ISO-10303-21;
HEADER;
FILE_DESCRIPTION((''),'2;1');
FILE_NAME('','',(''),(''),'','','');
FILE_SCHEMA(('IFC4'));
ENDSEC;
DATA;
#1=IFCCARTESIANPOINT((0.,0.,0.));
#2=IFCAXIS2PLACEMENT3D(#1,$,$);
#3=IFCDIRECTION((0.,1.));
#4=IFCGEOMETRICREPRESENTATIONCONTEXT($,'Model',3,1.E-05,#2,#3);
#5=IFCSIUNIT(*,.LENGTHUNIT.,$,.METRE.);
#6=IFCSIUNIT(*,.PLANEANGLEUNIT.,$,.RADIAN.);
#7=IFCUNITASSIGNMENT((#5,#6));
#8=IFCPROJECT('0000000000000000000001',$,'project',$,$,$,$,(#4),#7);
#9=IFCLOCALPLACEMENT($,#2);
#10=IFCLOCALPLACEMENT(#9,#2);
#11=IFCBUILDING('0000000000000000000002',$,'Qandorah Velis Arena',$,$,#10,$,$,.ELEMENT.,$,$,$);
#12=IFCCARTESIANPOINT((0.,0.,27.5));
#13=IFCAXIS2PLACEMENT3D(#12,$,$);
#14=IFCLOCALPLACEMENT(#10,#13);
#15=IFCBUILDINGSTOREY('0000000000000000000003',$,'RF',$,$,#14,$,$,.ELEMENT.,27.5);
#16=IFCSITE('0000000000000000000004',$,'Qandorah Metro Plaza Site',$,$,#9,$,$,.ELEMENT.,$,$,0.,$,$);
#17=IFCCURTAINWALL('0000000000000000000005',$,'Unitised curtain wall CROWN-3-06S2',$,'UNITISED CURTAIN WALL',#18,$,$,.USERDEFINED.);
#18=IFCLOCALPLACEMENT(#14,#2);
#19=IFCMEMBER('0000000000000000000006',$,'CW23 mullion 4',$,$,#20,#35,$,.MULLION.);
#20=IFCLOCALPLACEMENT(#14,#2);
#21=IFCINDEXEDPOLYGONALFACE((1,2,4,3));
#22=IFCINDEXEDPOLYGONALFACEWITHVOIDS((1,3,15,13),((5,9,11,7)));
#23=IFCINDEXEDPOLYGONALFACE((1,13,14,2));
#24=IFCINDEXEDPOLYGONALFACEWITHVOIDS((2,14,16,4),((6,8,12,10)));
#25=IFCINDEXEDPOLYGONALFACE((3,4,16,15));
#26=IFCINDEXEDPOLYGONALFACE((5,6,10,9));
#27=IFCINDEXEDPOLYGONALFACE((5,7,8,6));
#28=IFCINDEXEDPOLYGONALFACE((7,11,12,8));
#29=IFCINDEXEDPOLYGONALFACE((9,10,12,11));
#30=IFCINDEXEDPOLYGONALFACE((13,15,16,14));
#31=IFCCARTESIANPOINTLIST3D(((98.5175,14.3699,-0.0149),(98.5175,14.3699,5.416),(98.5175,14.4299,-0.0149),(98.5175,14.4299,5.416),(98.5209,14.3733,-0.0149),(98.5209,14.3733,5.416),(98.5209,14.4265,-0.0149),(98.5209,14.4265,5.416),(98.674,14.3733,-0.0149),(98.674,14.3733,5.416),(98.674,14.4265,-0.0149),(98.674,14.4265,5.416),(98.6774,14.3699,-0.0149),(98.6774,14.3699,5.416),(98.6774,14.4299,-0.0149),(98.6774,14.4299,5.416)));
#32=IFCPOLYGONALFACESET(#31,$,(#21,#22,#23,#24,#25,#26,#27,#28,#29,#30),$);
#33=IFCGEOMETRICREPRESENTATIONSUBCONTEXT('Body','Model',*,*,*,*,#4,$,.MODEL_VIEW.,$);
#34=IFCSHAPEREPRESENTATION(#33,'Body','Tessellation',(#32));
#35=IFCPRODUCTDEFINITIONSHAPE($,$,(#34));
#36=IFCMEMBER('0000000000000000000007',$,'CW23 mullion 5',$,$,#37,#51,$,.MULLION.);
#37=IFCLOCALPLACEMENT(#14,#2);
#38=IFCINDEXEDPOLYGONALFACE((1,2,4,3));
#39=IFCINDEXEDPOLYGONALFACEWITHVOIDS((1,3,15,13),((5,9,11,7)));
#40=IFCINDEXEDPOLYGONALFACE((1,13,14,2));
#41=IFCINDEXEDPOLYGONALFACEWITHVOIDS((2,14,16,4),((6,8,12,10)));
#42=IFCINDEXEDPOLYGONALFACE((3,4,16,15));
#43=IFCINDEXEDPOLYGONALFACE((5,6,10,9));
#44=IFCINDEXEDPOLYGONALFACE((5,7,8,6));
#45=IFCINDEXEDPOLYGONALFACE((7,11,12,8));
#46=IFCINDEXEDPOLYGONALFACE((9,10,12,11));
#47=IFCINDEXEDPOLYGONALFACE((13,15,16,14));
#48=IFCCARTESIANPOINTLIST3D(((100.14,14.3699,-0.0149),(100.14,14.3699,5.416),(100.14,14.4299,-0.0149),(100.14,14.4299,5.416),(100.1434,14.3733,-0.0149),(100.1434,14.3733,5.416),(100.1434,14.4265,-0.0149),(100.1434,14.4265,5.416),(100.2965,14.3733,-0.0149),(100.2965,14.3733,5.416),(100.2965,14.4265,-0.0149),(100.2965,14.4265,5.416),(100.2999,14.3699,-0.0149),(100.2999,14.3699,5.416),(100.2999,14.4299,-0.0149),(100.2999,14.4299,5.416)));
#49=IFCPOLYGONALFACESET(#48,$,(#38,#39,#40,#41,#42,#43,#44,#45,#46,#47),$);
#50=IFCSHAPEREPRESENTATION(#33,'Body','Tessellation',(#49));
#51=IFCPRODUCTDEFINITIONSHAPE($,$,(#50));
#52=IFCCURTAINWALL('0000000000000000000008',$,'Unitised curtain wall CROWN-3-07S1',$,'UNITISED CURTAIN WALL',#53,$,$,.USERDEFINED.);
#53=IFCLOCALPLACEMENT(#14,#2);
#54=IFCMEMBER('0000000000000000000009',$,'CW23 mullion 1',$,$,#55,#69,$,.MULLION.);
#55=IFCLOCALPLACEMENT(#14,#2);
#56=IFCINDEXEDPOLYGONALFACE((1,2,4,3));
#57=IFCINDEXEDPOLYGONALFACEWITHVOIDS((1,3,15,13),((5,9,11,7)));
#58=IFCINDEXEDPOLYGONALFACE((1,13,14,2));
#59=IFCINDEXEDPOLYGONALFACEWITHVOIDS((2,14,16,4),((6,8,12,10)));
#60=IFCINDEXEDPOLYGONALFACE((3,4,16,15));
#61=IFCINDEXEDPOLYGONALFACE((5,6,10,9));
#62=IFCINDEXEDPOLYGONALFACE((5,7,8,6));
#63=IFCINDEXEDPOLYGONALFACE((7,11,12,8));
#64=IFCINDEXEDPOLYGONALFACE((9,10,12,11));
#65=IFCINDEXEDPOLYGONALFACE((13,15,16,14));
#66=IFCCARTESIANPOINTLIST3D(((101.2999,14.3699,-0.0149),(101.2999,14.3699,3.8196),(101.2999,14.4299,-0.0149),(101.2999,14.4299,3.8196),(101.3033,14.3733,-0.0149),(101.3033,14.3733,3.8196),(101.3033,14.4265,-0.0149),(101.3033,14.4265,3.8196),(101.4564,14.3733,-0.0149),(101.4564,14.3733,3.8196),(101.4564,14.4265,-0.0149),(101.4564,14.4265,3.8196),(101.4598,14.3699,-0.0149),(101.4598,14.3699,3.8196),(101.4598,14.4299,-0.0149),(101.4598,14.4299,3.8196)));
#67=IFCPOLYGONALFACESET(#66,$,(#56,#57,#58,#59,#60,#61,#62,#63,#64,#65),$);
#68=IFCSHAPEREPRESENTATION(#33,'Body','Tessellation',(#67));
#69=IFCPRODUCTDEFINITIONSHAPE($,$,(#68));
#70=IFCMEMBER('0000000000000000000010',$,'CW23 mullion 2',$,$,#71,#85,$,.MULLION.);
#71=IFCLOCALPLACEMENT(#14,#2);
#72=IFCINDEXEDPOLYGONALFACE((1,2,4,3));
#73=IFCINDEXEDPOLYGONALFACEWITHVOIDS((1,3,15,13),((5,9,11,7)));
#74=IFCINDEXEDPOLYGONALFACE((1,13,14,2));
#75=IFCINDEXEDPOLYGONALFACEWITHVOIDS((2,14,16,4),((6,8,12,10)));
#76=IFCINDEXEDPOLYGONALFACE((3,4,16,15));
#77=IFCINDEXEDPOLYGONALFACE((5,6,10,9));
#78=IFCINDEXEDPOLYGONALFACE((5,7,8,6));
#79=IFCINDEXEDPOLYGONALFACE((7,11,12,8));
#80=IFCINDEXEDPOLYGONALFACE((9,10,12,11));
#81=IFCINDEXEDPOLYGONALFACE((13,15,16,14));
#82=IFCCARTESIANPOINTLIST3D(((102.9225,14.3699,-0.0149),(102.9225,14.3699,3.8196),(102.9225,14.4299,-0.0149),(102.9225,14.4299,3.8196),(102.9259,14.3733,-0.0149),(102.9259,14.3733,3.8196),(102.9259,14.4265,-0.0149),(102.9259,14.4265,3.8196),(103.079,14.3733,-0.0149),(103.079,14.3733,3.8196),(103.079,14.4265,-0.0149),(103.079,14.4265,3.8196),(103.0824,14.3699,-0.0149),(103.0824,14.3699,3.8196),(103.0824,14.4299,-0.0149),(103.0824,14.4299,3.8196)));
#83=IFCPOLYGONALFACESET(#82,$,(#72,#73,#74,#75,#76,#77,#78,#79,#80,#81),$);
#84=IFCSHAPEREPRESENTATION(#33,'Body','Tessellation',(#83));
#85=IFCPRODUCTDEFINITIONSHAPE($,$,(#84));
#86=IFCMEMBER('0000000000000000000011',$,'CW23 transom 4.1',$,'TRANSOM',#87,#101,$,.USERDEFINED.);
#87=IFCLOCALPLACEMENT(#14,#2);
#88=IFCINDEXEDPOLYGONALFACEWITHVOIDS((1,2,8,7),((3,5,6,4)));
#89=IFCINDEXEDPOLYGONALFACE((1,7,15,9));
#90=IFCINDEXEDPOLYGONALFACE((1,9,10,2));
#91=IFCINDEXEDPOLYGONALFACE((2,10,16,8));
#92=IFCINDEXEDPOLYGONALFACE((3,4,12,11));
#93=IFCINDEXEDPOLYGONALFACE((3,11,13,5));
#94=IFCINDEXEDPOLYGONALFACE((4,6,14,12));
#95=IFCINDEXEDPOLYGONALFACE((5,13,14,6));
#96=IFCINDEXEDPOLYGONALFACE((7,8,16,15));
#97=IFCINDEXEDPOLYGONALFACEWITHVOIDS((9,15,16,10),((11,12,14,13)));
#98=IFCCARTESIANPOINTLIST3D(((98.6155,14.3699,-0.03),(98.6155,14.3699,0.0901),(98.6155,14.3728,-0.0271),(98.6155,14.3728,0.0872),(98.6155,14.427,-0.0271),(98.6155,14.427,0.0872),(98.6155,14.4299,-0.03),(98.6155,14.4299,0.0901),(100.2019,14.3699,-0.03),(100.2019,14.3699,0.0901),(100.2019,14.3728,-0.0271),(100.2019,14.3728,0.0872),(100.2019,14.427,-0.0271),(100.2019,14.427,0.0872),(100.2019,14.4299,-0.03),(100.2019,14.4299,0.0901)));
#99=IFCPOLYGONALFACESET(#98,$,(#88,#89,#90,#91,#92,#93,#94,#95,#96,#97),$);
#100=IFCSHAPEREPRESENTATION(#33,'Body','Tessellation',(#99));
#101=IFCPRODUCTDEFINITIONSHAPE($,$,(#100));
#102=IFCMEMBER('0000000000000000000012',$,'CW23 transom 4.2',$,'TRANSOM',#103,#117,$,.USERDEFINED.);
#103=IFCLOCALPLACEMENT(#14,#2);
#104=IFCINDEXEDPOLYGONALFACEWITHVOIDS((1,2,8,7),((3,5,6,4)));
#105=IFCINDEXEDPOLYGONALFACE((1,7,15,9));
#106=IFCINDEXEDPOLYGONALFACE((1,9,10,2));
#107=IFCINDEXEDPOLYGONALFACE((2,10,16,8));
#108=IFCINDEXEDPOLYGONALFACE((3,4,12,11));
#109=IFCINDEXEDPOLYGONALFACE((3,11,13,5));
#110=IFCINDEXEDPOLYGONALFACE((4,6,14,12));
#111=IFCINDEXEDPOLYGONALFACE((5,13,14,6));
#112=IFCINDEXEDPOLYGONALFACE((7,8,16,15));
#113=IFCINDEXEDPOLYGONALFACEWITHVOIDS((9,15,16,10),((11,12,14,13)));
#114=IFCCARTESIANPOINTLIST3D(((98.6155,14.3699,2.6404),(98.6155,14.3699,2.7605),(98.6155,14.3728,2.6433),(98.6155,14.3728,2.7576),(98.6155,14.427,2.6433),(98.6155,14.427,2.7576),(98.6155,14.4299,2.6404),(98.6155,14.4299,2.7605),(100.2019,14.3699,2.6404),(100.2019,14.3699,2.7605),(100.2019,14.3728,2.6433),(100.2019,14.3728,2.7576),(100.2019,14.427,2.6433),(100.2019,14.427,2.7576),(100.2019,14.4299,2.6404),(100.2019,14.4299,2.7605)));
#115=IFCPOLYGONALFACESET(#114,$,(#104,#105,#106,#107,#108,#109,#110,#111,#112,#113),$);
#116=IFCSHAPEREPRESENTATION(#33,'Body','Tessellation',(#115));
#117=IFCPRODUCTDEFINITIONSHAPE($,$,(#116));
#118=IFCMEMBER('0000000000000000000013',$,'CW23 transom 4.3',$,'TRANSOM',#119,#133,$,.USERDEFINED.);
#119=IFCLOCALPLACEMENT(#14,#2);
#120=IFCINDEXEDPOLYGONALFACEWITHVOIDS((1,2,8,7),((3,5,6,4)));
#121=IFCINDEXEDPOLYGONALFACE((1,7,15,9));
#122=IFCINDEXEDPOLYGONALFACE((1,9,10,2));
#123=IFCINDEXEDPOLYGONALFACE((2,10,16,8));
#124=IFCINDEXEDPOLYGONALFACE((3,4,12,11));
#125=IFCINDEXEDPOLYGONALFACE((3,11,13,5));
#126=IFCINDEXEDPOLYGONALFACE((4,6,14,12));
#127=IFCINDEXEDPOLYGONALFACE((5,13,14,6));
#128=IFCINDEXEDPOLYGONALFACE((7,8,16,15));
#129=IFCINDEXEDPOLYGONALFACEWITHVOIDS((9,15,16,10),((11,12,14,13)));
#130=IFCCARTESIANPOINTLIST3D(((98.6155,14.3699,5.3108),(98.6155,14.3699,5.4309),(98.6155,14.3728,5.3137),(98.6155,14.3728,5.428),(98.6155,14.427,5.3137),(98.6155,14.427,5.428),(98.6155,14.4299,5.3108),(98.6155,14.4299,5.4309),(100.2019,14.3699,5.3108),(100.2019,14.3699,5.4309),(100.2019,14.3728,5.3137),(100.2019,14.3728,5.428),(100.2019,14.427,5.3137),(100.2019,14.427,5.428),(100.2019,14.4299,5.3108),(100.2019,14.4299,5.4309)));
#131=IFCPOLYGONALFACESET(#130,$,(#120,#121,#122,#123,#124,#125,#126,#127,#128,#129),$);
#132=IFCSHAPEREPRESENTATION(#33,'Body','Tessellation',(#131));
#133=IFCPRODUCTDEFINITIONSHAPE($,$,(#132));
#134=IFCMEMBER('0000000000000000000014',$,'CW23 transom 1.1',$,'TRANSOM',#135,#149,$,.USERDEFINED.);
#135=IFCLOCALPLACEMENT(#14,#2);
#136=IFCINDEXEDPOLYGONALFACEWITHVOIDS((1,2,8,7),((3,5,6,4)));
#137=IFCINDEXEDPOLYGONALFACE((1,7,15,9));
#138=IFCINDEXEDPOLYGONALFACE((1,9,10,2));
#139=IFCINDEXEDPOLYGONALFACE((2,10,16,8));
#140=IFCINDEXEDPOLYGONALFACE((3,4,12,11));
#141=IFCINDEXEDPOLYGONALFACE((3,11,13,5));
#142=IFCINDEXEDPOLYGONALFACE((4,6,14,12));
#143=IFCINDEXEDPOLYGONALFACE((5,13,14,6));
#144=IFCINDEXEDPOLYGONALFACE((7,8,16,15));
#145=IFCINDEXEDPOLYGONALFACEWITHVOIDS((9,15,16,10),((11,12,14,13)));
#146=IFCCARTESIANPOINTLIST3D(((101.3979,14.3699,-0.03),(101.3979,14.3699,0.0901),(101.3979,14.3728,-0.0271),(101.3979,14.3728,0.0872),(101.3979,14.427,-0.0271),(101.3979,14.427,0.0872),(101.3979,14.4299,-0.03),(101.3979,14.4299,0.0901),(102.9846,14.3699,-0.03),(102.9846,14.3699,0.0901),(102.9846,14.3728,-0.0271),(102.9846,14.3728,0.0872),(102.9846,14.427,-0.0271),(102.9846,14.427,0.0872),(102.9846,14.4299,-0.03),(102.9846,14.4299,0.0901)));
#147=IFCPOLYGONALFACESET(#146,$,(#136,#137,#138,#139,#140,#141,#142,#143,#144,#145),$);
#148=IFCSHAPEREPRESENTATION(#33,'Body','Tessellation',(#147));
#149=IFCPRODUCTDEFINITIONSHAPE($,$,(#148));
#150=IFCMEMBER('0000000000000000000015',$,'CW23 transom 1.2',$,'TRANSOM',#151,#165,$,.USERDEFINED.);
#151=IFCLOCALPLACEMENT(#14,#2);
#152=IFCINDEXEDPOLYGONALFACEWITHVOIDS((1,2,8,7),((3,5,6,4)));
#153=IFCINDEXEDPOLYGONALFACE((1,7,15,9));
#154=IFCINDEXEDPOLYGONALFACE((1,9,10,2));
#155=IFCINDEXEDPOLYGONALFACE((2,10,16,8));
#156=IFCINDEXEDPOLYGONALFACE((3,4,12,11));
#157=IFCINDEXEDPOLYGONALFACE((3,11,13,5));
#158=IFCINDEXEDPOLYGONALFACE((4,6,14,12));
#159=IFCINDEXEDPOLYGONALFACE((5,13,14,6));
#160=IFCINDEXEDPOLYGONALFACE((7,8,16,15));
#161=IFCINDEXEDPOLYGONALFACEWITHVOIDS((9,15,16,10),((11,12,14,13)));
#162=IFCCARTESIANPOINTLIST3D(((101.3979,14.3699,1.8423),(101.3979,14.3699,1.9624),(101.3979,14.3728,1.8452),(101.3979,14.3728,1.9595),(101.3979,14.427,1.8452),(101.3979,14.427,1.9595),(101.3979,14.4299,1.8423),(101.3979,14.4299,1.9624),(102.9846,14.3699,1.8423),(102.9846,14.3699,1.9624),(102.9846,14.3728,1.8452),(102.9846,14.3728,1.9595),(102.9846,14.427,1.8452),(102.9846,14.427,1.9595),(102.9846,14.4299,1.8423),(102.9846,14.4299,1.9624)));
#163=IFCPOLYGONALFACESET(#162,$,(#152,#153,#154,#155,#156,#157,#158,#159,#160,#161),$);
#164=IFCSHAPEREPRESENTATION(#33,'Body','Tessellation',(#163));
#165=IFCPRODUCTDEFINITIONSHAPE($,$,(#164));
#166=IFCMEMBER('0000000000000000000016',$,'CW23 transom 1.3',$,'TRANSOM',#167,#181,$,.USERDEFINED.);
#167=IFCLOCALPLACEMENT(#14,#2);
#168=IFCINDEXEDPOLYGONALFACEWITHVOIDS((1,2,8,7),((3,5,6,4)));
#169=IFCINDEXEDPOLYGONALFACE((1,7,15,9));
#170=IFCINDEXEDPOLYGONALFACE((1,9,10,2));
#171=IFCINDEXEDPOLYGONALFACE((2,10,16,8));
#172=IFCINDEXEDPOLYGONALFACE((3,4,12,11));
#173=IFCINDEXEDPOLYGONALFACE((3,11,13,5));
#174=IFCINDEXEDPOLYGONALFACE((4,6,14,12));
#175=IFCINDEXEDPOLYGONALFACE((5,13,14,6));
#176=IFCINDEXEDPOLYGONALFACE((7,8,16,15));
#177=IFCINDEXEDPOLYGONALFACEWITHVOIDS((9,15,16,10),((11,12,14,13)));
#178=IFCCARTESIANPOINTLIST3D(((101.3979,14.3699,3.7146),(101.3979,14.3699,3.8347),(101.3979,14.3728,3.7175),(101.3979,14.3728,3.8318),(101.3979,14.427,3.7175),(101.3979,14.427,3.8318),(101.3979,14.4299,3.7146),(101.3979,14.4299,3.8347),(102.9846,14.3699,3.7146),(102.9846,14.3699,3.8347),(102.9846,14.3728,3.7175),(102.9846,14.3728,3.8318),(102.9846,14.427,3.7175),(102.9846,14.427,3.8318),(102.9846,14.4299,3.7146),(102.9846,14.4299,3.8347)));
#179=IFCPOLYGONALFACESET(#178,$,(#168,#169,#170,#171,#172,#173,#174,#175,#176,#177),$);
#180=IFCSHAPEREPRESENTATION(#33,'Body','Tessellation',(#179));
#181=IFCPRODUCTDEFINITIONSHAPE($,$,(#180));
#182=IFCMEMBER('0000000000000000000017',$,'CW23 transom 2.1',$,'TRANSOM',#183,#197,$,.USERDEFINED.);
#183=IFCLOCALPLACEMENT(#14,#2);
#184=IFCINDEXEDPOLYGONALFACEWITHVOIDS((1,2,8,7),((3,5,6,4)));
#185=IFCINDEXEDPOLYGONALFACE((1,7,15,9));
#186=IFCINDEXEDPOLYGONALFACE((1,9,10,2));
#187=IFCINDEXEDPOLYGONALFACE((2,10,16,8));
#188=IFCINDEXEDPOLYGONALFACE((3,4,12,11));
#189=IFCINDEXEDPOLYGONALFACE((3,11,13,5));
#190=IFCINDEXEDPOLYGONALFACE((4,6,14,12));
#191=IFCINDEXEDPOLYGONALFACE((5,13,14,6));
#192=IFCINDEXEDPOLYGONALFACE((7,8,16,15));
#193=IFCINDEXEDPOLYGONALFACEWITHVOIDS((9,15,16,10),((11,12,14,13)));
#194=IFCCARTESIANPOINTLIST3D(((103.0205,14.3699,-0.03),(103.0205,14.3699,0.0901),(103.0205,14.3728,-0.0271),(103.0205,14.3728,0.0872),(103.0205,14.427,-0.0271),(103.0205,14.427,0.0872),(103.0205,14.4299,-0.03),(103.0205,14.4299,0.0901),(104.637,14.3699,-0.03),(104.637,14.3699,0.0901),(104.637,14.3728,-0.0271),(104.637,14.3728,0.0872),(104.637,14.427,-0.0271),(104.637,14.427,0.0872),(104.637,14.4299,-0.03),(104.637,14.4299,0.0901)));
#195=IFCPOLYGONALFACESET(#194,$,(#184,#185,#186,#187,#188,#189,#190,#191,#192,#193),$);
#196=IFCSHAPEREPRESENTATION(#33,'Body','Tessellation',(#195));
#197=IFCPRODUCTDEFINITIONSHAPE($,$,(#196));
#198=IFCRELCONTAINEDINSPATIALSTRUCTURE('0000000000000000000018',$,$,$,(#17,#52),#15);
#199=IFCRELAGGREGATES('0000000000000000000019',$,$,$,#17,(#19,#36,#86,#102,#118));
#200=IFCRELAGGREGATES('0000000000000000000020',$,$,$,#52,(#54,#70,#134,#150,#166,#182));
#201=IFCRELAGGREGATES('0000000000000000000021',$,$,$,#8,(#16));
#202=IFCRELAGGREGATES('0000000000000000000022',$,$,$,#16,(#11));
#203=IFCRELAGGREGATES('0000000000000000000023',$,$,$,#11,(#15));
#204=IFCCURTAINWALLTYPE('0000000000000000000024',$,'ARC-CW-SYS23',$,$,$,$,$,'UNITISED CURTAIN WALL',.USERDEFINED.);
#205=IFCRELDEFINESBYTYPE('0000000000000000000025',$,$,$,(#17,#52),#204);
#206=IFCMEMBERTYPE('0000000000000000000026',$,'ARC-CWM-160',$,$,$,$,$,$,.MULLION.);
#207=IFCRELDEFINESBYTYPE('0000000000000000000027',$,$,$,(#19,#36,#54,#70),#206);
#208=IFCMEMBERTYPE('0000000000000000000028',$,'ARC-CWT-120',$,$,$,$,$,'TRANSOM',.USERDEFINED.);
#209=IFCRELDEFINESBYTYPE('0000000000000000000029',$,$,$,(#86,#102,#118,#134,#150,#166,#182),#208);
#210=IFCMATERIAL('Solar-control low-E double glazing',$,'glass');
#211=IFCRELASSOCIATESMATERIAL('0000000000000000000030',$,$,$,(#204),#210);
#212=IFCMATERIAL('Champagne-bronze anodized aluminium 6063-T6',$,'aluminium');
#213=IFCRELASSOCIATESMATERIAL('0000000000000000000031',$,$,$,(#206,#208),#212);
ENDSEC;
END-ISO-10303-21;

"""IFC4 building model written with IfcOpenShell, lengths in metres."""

from ifc_helpers import new_model, si_unit, direction, frame, origin, origin_2d, place, context, subcontext, project, spatial, hollow_rectangle, extrude, material, material_profile, profile_set, type_object, element, aggregate, save


model = new_model("IFC4")

# Units and contexts
model_context = context("Model", 3, precision=1e-05, world=origin(), true_north=direction((0.0, 1.0)))
body_context = subcontext(model_context, "Body", "Model", "MODEL_VIEW")
ifc_project = project(units=[si_unit("LENGTHUNIT", "METRE"), si_unit("PLANEANGLEUNIT", "RADIAN")], contexts=[model_context])

# Site, building, storey
site_placement = place(None, origin())
site = spatial("IfcSite", under=ifc_project, at=site_placement, Name="Qandorah Metro Plaza Site", CompositionType="ELEMENT", RefElevation=0.0)
building_placement = place(site_placement, origin())
building = spatial("IfcBuilding", under=site, at=building_placement, Name="Qandorah Velis Arena", CompositionType="ELEMENT")
storey_placement = place(building_placement, frame((0.0, 0.0, 27.5)))
storey = spatial("IfcBuildingStorey", under=building, at=storey_placement, Name="RF", CompositionType="ELEMENT", Elevation=27.5)

# Curtain walls, members
ifc_material_1 = material(Name="Solar-control low-E double glazing", Category="glass")
curtain_wall_type = type_object("IfcCurtainWallType", Name="ARC-CW-SYS23", ElementType="UNITISED CURTAIN WALL", PredefinedType="USERDEFINED", material=ifc_material_1)
curtain_wall_1_placement = place(storey_placement, origin())
curtain_wall_1 = element("IfcCurtainWall", 1, at=curtain_wall_1_placement, inside=storey, type_object=curtain_wall_type, Name="Unitised curtain wall CROWN-3-06S2", ObjectType="UNITISED CURTAIN WALL", PredefinedType="USERDEFINED")
ifc_material_2 = material(Name="Champagne-bronze anodized aluminium 6063-T6", Category="aluminium")
ifc_material_profile_1 = material_profile(ifc_material_2, hollow_rectangle(XDim=0.0601, YDim=0.1599, WallThickness=0.0034, at=origin_2d()), Name="ALU MULLION 60x160")
ifc_profile_set_1 = profile_set([ifc_material_profile_1], Name="Champagne-bronze anodized aluminium 6063-T6")
member_type_1 = type_object("IfcMemberType", Name="ARC-CWM-160", PredefinedType="MULLION", material=ifc_profile_set_1)
member_1_placement = place(storey_placement, frame((98.5974, 14.3999, -0.0149), z_axis=(0.0, 0.0, 1.0), x_axis=(0.0, 1.0, 0.0)))
member_1 = element("IfcMember", 2, at=member_1_placement, type_object=member_type_1, Name="CW23 mullion 4", PredefinedType="MULLION", context=body_context, shape_type="SweptSolid", body=[
    extrude(hollow_rectangle(XDim=0.0601, YDim=0.1599, WallThickness=0.0034, at=origin_2d()), origin(), (0.0, 0.0, 1.0), 5.4309),
])
member_2_placement = place(storey_placement, frame((100.22, 14.3999, -0.0149), z_axis=(0.0, 0.0, 1.0), x_axis=(0.0, 1.0, 0.0)))
member_2 = element("IfcMember", 3, at=member_2_placement, type_object=member_type_1, Name="CW23 mullion 5", PredefinedType="MULLION", context=body_context, shape_type="SweptSolid", body=[
    extrude(hollow_rectangle(XDim=0.0601, YDim=0.1599, WallThickness=0.0034, at=origin_2d()), origin(), (0.0, 0.0, 1.0), 5.4309),
])
curtain_wall_2_placement = place(storey_placement, origin())
curtain_wall_2 = element("IfcCurtainWall", 4, at=curtain_wall_2_placement, inside=storey, type_object=curtain_wall_type, Name="Unitised curtain wall CROWN-3-07S1", ObjectType="UNITISED CURTAIN WALL", PredefinedType="USERDEFINED")
member_3_placement = place(storey_placement, frame((101.3799, 14.3999, -0.0149), z_axis=(0.0, 0.0, 1.0), x_axis=(0.0, 1.0, 0.0)))
member_3 = element("IfcMember", 5, at=member_3_placement, type_object=member_type_1, Name="CW23 mullion 1", PredefinedType="MULLION", context=body_context, shape_type="SweptSolid", body=[
    extrude(hollow_rectangle(XDim=0.0601, YDim=0.1599, WallThickness=0.0034, at=origin_2d()), origin(), (0.0, 0.0, 1.0), 3.8345),
])
member_4_placement = place(storey_placement, frame((103.0024, 14.3999, -0.0149), z_axis=(0.0, 0.0, 1.0), x_axis=(0.0, 1.0, 0.0)))
member_4 = element("IfcMember", 6, at=member_4_placement, type_object=member_type_1, Name="CW23 mullion 2", PredefinedType="MULLION", context=body_context, shape_type="SweptSolid", body=[
    extrude(hollow_rectangle(XDim=0.0601, YDim=0.1599, WallThickness=0.0034, at=origin_2d()), origin(), (0.0, 0.0, 1.0), 3.8345),
])

# Members
ifc_material_profile_2 = material_profile(ifc_material_2, hollow_rectangle(XDim=0.0601, YDim=0.1201, WallThickness=0.0029, at=origin_2d()), Name="ALU TRANSOM 60x120")
ifc_profile_set_2 = profile_set([ifc_material_profile_2], Name="Champagne-bronze anodized aluminium 6063-T6")
member_type_2 = type_object("IfcMemberType", Name="ARC-CWT-120", ElementType="TRANSOM", PredefinedType="USERDEFINED", material=ifc_profile_set_2)
member_5_placement = place(storey_placement, frame((98.6155, 14.3999, 0.03), z_axis=(1.0, 0.0, 0.0), x_axis=(0.0, 1.0, 0.0)))
member_5 = element("IfcMember", 7, at=member_5_placement, type_object=member_type_2, Name="CW23 transom 4.1", ObjectType="TRANSOM", PredefinedType="USERDEFINED", context=body_context, shape_type="SweptSolid", body=[
    extrude(hollow_rectangle(XDim=0.0601, YDim=0.1201, WallThickness=0.0029, at=origin_2d()), origin(), (0.0, 0.0, 1.0), 1.5864),
])
member_6_placement = place(storey_placement, frame((98.6155, 14.3999, 2.7004), z_axis=(1.0, 0.0, 0.0), x_axis=(0.0, 1.0, 0.0)))
member_6 = element("IfcMember", 8, at=member_6_placement, type_object=member_type_2, Name="CW23 transom 4.2", ObjectType="TRANSOM", PredefinedType="USERDEFINED", context=body_context, shape_type="SweptSolid", body=[
    extrude(hollow_rectangle(XDim=0.0601, YDim=0.1201, WallThickness=0.0029, at=origin_2d()), origin(), (0.0, 0.0, 1.0), 1.5864),
])
member_7_placement = place(storey_placement, frame((98.6155, 14.3999, 5.3708), z_axis=(1.0, 0.0, 0.0), x_axis=(0.0, 1.0, 0.0)))
member_7 = element("IfcMember", 9, at=member_7_placement, type_object=member_type_2, Name="CW23 transom 4.3", ObjectType="TRANSOM", PredefinedType="USERDEFINED", context=body_context, shape_type="SweptSolid", body=[
    extrude(hollow_rectangle(XDim=0.0601, YDim=0.1201, WallThickness=0.0029, at=origin_2d()), origin(), (0.0, 0.0, 1.0), 1.5864),
])
member_8_placement = place(storey_placement, frame((101.3979, 14.3999, 0.03), z_axis=(1.0, 0.0, 0.0), x_axis=(0.0, 1.0, 0.0)))
member_8 = element("IfcMember", 10, at=member_8_placement, type_object=member_type_2, Name="CW23 transom 1.1", ObjectType="TRANSOM", PredefinedType="USERDEFINED", context=body_context, shape_type="SweptSolid", body=[
    extrude(hollow_rectangle(XDim=0.0601, YDim=0.1201, WallThickness=0.0029, at=origin_2d()), origin(), (0.0, 0.0, 1.0), 1.5867),
])
member_9_placement = place(storey_placement, frame((101.3979, 14.3999, 1.9023), z_axis=(1.0, 0.0, 0.0), x_axis=(0.0, 1.0, 0.0)))
member_9 = element("IfcMember", 11, at=member_9_placement, type_object=member_type_2, Name="CW23 transom 1.2", ObjectType="TRANSOM", PredefinedType="USERDEFINED", context=body_context, shape_type="SweptSolid", body=[
    extrude(hollow_rectangle(XDim=0.0601, YDim=0.1201, WallThickness=0.0029, at=origin_2d()), origin(), (0.0, 0.0, 1.0), 1.5867),
])
member_10_placement = place(storey_placement, frame((101.3979, 14.3999, 3.7747), z_axis=(1.0, 0.0, 0.0), x_axis=(0.0, 1.0, 0.0)))
member_10 = element("IfcMember", 12, at=member_10_placement, type_object=member_type_2, Name="CW23 transom 1.3", ObjectType="TRANSOM", PredefinedType="USERDEFINED", context=body_context, shape_type="SweptSolid", body=[
    extrude(hollow_rectangle(XDim=0.0601, YDim=0.1201, WallThickness=0.0029, at=origin_2d()), origin(), (0.0, 0.0, 1.0), 1.5867),
])
member_11_placement = place(storey_placement, frame((103.0205, 14.3999, 0.03), z_axis=(1.0, 0.0, 0.0), x_axis=(0.0, 1.0, 0.0)))
member_11 = element("IfcMember", 13, at=member_11_placement, type_object=member_type_2, Name="CW23 transom 2.1", ObjectType="TRANSOM", PredefinedType="USERDEFINED", context=body_context, shape_type="SweptSolid", body=[
    extrude(hollow_rectangle(XDim=0.0601, YDim=0.1201, WallThickness=0.0029, at=origin_2d()), origin(), (0.0, 0.0, 1.0), 1.6165),
])

aggregate(curtain_wall_1, [member_1, member_2, member_5, member_6, member_7])
aggregate(curtain_wall_2, [member_3, member_4, member_8, member_9, member_10, member_11])

save(model, "model.ifc")
